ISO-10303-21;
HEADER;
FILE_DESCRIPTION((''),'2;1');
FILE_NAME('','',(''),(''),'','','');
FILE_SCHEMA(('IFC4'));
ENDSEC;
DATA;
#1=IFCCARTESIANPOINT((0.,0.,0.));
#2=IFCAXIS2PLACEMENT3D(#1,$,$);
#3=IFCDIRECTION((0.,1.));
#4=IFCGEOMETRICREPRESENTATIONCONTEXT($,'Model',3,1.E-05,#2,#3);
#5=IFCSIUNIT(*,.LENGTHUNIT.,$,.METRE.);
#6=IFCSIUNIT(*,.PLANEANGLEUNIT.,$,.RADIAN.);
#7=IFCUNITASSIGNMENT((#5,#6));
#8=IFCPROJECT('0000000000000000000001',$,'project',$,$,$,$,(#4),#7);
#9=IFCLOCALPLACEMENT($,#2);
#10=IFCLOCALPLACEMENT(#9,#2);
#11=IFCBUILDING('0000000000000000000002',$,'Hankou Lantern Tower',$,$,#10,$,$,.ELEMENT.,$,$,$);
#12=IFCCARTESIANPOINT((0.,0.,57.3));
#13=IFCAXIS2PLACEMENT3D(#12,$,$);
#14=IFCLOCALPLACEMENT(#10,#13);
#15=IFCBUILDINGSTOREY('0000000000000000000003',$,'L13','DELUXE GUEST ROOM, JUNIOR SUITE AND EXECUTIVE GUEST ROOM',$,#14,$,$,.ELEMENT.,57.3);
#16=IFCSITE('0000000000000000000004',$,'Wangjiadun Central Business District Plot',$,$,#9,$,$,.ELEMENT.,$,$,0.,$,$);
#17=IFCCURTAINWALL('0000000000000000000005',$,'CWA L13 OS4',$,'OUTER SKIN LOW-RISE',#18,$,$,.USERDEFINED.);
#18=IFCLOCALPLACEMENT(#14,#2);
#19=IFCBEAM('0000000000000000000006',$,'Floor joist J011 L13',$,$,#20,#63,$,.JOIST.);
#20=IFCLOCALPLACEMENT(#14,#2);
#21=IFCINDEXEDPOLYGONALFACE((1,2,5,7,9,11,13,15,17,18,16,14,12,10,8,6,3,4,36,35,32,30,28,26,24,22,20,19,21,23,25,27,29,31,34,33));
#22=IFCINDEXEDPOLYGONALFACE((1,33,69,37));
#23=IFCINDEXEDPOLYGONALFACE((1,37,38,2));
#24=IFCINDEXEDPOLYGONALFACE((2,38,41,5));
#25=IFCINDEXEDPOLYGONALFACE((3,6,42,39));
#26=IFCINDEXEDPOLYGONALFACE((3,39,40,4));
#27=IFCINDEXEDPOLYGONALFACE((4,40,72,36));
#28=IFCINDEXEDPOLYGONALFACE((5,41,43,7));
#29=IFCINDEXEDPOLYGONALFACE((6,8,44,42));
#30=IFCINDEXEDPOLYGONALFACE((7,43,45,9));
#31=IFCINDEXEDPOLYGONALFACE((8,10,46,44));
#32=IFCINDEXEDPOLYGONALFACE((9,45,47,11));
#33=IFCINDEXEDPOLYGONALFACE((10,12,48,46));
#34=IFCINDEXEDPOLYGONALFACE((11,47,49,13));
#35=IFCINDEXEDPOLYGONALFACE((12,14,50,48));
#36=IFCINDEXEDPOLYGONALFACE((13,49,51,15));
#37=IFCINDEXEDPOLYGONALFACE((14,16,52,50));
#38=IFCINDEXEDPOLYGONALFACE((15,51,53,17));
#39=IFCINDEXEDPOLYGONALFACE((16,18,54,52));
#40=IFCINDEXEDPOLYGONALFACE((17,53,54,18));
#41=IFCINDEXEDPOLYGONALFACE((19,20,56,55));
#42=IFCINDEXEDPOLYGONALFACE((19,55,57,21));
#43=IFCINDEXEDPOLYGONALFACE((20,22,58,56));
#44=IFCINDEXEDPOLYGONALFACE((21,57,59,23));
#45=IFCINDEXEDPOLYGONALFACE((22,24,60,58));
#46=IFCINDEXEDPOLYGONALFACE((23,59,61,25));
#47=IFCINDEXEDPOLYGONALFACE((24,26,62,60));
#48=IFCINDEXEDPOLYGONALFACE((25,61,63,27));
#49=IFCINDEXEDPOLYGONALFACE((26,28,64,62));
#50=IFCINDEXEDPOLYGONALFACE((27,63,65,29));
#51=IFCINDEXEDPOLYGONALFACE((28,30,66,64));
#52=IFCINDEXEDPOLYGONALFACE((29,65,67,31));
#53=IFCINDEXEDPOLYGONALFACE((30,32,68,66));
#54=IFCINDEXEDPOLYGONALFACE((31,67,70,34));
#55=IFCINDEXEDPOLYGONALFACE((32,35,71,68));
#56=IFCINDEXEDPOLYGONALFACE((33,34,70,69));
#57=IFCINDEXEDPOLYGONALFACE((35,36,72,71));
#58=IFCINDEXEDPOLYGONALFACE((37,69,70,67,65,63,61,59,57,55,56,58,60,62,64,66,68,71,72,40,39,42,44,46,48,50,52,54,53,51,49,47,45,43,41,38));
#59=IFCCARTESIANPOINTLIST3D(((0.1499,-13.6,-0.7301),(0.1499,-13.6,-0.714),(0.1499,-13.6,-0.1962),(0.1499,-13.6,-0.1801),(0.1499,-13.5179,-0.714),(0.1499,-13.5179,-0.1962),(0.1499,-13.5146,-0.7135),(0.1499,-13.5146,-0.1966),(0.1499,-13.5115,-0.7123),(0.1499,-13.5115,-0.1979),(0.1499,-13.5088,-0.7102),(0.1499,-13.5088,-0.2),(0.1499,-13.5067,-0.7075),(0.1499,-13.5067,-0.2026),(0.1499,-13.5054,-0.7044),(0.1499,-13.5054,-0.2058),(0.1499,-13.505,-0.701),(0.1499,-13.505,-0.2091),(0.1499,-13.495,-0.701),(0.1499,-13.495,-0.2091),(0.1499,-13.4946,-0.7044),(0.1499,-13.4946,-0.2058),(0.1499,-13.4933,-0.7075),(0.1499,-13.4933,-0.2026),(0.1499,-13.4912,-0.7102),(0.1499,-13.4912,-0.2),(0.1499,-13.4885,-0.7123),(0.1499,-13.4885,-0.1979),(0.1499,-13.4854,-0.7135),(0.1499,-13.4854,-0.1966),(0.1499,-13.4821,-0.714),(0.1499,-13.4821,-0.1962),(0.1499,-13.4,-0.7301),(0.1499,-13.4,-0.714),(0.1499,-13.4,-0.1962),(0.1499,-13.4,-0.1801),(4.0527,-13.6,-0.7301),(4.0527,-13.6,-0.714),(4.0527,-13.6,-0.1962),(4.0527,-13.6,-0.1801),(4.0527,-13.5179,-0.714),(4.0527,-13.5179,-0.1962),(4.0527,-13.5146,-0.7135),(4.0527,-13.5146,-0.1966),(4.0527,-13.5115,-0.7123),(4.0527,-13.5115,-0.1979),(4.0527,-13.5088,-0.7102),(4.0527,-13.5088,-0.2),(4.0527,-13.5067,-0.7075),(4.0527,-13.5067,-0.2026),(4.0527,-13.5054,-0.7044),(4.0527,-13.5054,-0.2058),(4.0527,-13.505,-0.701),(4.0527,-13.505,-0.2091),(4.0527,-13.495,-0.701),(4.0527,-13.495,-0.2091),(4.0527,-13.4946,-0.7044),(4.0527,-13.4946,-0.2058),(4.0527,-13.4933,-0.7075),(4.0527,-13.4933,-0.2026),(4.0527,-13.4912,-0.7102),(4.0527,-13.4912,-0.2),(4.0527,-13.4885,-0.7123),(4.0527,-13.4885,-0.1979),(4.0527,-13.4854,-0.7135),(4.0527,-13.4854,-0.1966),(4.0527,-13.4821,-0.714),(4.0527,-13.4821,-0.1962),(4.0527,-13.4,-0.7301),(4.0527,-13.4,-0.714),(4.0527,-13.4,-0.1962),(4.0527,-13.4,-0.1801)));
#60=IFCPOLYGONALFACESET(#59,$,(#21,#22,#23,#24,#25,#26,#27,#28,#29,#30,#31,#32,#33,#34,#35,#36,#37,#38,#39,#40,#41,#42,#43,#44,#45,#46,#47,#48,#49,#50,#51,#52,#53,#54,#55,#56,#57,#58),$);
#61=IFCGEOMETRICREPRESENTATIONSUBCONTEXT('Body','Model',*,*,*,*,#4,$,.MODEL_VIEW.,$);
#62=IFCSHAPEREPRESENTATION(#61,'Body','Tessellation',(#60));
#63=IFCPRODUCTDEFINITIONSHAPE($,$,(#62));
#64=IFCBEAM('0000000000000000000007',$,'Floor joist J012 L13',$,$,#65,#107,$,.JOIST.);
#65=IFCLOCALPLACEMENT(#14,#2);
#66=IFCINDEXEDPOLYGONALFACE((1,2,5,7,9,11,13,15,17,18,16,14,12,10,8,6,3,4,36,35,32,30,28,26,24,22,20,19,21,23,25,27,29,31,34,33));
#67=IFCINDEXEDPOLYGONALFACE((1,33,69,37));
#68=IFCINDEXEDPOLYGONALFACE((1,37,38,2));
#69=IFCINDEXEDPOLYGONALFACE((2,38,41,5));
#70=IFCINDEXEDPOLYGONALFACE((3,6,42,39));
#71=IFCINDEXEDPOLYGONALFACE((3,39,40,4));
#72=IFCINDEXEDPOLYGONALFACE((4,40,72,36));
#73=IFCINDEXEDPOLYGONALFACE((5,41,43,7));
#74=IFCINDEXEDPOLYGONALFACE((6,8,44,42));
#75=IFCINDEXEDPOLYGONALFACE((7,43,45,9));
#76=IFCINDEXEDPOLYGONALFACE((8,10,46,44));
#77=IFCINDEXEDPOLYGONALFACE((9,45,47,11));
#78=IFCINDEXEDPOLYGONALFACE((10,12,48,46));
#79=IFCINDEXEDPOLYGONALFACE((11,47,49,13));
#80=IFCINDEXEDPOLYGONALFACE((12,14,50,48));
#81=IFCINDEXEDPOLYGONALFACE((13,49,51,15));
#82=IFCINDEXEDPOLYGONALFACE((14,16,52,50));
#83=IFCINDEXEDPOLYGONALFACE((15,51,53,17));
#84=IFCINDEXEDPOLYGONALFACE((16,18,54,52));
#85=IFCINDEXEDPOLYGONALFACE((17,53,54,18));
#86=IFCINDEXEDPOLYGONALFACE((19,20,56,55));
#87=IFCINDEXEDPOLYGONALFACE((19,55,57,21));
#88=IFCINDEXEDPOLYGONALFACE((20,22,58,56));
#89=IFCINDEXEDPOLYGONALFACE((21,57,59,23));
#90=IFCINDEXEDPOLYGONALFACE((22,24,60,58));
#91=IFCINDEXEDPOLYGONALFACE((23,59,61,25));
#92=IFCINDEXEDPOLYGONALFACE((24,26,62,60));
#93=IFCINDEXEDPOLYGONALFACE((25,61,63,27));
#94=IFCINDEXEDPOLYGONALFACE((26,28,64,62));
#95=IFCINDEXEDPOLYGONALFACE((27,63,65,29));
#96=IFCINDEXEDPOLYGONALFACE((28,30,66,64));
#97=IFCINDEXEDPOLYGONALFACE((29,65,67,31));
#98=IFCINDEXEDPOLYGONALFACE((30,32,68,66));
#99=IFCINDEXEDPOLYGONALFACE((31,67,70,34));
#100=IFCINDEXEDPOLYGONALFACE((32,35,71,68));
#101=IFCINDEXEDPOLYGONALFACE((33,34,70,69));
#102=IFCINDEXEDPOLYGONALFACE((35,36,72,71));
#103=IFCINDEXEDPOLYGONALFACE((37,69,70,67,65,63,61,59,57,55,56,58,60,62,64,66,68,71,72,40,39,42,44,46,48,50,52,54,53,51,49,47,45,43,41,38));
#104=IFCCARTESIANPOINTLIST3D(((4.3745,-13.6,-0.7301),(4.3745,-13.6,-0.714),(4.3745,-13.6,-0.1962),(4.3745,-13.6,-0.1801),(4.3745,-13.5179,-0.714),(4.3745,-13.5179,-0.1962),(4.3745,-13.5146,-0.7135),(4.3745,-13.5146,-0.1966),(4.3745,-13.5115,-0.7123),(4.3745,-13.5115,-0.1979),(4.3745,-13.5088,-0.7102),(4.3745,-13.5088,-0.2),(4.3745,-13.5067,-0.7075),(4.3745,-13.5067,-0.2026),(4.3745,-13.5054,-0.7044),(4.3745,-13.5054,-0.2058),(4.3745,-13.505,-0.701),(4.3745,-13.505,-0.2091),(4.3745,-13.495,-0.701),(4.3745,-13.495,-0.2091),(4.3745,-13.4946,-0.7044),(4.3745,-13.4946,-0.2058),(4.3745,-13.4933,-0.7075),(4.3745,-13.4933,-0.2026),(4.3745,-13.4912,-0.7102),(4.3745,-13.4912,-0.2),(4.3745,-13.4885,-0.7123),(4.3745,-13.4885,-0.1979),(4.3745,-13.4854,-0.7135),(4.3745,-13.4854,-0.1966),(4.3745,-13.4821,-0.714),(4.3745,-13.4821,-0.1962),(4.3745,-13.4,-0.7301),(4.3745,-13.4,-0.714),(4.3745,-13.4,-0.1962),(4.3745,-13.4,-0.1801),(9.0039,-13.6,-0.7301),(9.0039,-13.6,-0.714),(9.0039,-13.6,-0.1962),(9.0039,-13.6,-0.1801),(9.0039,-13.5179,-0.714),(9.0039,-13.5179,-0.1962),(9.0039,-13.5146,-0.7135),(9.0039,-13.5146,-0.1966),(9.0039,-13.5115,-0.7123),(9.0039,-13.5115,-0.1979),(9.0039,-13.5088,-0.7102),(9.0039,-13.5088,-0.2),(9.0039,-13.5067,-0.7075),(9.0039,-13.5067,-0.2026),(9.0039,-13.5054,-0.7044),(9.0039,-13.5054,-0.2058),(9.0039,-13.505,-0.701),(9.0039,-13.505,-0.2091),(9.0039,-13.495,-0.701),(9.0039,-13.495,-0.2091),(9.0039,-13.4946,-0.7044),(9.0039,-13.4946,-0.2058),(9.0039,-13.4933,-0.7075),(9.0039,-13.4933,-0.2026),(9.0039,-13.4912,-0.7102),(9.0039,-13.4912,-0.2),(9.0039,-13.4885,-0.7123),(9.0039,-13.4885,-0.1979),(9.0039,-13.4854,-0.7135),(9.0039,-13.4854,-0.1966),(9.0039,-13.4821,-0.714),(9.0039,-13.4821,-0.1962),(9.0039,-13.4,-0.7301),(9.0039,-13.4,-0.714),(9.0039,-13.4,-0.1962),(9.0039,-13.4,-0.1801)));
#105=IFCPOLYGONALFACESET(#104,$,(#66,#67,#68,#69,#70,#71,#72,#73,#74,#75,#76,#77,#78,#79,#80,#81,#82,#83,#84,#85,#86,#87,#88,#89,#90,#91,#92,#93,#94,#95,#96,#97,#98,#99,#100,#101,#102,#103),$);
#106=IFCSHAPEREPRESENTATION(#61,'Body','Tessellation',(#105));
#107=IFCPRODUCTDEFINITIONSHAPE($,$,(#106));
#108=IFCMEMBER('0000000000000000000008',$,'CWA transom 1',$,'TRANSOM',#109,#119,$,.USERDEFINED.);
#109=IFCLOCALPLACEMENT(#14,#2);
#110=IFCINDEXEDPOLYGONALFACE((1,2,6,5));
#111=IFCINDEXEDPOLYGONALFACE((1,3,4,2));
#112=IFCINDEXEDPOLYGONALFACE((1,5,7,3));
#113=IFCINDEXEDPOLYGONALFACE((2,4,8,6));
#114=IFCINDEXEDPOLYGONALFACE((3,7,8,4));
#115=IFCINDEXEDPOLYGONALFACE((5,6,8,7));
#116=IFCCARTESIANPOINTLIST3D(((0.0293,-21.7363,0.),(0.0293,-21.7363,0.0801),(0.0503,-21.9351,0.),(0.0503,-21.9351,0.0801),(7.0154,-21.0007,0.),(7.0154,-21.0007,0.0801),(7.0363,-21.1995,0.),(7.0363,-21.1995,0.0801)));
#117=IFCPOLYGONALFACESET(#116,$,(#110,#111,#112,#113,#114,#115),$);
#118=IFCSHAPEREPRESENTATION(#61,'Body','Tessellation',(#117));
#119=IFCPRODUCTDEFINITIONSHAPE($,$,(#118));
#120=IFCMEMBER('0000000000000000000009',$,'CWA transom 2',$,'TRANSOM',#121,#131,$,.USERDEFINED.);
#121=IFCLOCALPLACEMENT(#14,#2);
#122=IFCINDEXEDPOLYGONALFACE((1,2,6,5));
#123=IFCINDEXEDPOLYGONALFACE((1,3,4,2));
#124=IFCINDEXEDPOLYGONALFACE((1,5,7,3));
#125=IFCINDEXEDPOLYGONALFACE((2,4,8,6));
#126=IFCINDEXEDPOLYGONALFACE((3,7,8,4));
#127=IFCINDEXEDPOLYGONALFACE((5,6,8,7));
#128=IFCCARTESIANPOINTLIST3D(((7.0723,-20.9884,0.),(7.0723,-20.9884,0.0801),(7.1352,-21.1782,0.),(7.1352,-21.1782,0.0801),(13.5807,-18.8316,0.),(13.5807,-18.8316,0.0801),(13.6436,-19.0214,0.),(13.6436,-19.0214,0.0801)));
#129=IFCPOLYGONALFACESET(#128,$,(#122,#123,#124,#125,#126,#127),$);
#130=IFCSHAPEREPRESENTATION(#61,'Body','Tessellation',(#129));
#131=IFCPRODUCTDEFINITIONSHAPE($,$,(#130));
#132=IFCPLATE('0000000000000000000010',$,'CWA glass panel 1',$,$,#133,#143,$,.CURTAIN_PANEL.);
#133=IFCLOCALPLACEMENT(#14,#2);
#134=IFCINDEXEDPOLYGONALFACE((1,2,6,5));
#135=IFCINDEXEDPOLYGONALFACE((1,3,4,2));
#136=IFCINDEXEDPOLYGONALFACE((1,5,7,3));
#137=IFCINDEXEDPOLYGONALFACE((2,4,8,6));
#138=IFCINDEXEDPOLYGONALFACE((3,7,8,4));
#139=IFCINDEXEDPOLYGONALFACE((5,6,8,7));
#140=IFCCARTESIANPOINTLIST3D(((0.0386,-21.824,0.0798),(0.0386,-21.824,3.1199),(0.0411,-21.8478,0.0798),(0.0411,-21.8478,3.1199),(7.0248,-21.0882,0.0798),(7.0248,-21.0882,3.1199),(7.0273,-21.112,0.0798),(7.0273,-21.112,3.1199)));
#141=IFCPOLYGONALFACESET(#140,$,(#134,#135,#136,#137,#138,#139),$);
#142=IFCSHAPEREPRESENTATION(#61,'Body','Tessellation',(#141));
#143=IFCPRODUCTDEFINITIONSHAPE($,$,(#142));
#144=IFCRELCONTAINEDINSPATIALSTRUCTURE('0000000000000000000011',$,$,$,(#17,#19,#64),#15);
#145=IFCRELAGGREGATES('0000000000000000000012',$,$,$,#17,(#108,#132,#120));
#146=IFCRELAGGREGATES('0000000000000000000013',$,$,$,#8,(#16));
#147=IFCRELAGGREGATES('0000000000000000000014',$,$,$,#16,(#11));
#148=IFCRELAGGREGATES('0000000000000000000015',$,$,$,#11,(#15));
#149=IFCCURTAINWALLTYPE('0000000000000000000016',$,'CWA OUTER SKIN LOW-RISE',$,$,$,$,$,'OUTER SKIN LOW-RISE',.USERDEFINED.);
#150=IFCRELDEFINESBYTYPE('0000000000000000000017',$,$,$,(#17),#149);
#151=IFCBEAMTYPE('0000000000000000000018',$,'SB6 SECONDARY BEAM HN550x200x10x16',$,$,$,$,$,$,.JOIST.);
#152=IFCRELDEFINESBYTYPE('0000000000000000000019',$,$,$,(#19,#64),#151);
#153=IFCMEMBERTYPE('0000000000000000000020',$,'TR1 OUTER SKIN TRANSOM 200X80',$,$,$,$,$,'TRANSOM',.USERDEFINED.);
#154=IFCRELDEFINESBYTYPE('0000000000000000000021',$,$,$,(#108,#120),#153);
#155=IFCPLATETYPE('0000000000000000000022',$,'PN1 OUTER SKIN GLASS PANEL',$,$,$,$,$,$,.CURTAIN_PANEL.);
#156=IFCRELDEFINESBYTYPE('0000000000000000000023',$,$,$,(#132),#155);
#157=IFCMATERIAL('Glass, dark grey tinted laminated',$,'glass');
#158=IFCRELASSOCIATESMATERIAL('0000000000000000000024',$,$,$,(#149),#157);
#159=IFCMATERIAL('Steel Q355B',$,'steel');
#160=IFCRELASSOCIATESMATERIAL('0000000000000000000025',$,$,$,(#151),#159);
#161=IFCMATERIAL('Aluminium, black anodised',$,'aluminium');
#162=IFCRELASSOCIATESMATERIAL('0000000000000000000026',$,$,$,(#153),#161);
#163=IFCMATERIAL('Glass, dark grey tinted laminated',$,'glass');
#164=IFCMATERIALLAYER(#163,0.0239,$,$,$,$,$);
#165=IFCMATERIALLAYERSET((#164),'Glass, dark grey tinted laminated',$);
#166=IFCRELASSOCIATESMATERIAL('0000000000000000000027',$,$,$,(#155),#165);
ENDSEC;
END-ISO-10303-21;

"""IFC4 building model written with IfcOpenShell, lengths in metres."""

from ifc_helpers import new_model, si_unit, direction, frame, origin, origin_2d, place, context, subcontext, project, spatial, rectangle, i_section, extrude, material, layer, layer_set, material_profile, profile_set, type_object, element, aggregate, save


model = new_model("IFC4")

# Units and contexts
model_context = context("Model", 3, precision=1e-05, world=origin(), true_north=direction((0.0, 1.0)))
body_context = subcontext(model_context, "Body", "Model", "MODEL_VIEW")
ifc_project = project(units=[si_unit("LENGTHUNIT", "METRE"), si_unit("PLANEANGLEUNIT", "RADIAN")], contexts=[model_context])

# Site, building, storey
site_placement = place(None, origin())
site = spatial("IfcSite", under=ifc_project, at=site_placement, Name="Wangjiadun Central Business District Plot", CompositionType="ELEMENT", RefElevation=0.0)
building_placement = place(site_placement, origin())
building = spatial("IfcBuilding", under=site, at=building_placement, Name="Hankou Lantern Tower", CompositionType="ELEMENT")
storey_placement = place(building_placement, frame((0.0, 0.0, 57.3)))
storey = spatial("IfcBuildingStorey", under=building, at=storey_placement, Name="L13", Description="DELUXE GUEST ROOM, JUNIOR SUITE AND EXECUTIVE GUEST ROOM", CompositionType="ELEMENT", Elevation=57.3)

# Curtain wall
ifc_material_1 = material(Name="Glass, dark grey tinted laminated", Category="glass")
curtain_wall_type = type_object("IfcCurtainWallType", Name="CWA OUTER SKIN LOW-RISE", ElementType="OUTER SKIN LOW-RISE", PredefinedType="USERDEFINED", material=ifc_material_1)
curtain_wall_placement = place(storey_placement, origin())
curtain_wall = element("IfcCurtainWall", 1, at=curtain_wall_placement, inside=storey, type_object=curtain_wall_type, Name="CWA L13 OS4", ObjectType="OUTER SKIN LOW-RISE", PredefinedType="USERDEFINED")

# Beams
ifc_material_2 = material(Name="Steel Q355B", Category="steel")
ifc_material_profile_1 = material_profile(ifc_material_2, i_section(OverallWidth=0.2, OverallDepth=0.55, WebThickness=0.01, FlangeThickness=0.0161, FilletRadius=0.0129, at=origin_2d()), Name="HN550x200x10x16")
ifc_profile_set_1 = profile_set([ifc_material_profile_1], Name="Steel Q355B")
beam_type_1 = type_object("IfcBeamType", Name="SB6 SECONDARY BEAM HN550x200x10x16", PredefinedType="JOIST", material=ifc_profile_set_1)
beam_1_placement = place(storey_placement, frame((0.1499, -13.5, -0.4551), z_axis=(1.0, 0.0, 0.0), x_axis=(0.0, 1.0, 0.0)))
element("IfcBeam", 2, at=beam_1_placement, inside=storey, type_object=beam_type_1, Name="Floor joist J011 L13", PredefinedType="JOIST", context=body_context, shape_type="SweptSolid", body=[
    extrude(i_section(OverallWidth=0.2, OverallDepth=0.55, WebThickness=0.01, FlangeThickness=0.0161, FilletRadius=0.0129, at=origin_2d()), origin(), (0.0, 0.0, 1.0), 3.9028),
])
beam_2_placement = place(storey_placement, frame((4.3745, -13.5, -0.4551), z_axis=(1.0, 0.0, 0.0), x_axis=(0.0, 1.0, 0.0)))
element("IfcBeam", 3, at=beam_2_placement, inside=storey, type_object=beam_type_1, Name="Floor joist J012 L13", PredefinedType="JOIST", context=body_context, shape_type="SweptSolid", body=[
    extrude(i_section(OverallWidth=0.2, OverallDepth=0.55, WebThickness=0.01, FlangeThickness=0.0161, FilletRadius=0.0129, at=origin_2d()), origin(), (0.0, 0.0, 1.0), 4.6294),
])

# Members
ifc_material_3 = material(Name="Aluminium, black anodised", Category="aluminium")
ifc_material_profile_2 = material_profile(ifc_material_3, rectangle(XDim=0.2, YDim=0.0801, at=origin_2d()), Name="TR1 200X80")
ifc_profile_set_2 = profile_set([ifc_material_profile_2], Name="Aluminium, black anodised")
member_type_1 = type_object("IfcMemberType", Name="TR1 OUTER SKIN TRANSOM 200X80", ElementType="TRANSOM", PredefinedType="USERDEFINED", material=ifc_profile_set_2)
member_1_placement = place(storey_placement, frame((0.0398, -21.8357, 0.04), z_axis=(0.994502, 0.104716, 0.0), x_axis=(-0.104716, 0.994502, 0.0)))
member_1 = element("IfcMember", 4, at=member_1_placement, type_object=member_type_1, Name="CWA transom 1", ObjectType="TRANSOM", PredefinedType="USERDEFINED", context=body_context, shape_type="SweptSolid", body=[
    extrude(rectangle(XDim=0.2, YDim=0.0801, at=origin_2d()), origin(), (0.0, 0.0, 1.0), 7.0247),
])
member_2_placement = place(storey_placement, frame((7.1038, -21.0833, 0.04), z_axis=(0.949237, 0.314561, 0.0), x_axis=(-0.314561, 0.949237, 0.0)))
member_2 = element("IfcMember", 5, at=member_2_placement, type_object=member_type_1, Name="CWA transom 2", ObjectType="TRANSOM", PredefinedType="USERDEFINED", context=body_context, shape_type="SweptSolid", body=[
    extrude(rectangle(XDim=0.2, YDim=0.0801, at=origin_2d()), origin(), (0.0, 0.0, 1.0), 6.8564),
])

# Plate
ifc_material_4 = material(Name="Glass, dark grey tinted laminated", Category="glass")
ifc_layer_1 = layer(ifc_material_4, 0.0239)
ifc_layer_set_1 = layer_set([ifc_layer_1], Name="Glass, dark grey tinted laminated")
plate_type = type_object("IfcPlateType", Name="PN1 OUTER SKIN GLASS PANEL", PredefinedType="CURTAIN_PANEL", material=ifc_layer_set_1)
plate_placement = place(storey_placement, frame((3.533, -21.468, 0.0798), z_axis=(0.0, 0.0, 1.0), x_axis=(0.994499, 0.104743, 0.0)))
plate = element("IfcPlate", 6, at=plate_placement, type_object=plate_type, Name="CWA glass panel 1", PredefinedType="CURTAIN_PANEL", context=body_context, shape_type="SweptSolid", body=[
    extrude(rectangle(XDim=7.0249, YDim=0.0239, at=origin_2d()), origin(), (0.0, 0.0, 1.0), 3.04),
])
aggregate(curtain_wall, [member_1, plate, member_2])

save(model, "model.ifc")
